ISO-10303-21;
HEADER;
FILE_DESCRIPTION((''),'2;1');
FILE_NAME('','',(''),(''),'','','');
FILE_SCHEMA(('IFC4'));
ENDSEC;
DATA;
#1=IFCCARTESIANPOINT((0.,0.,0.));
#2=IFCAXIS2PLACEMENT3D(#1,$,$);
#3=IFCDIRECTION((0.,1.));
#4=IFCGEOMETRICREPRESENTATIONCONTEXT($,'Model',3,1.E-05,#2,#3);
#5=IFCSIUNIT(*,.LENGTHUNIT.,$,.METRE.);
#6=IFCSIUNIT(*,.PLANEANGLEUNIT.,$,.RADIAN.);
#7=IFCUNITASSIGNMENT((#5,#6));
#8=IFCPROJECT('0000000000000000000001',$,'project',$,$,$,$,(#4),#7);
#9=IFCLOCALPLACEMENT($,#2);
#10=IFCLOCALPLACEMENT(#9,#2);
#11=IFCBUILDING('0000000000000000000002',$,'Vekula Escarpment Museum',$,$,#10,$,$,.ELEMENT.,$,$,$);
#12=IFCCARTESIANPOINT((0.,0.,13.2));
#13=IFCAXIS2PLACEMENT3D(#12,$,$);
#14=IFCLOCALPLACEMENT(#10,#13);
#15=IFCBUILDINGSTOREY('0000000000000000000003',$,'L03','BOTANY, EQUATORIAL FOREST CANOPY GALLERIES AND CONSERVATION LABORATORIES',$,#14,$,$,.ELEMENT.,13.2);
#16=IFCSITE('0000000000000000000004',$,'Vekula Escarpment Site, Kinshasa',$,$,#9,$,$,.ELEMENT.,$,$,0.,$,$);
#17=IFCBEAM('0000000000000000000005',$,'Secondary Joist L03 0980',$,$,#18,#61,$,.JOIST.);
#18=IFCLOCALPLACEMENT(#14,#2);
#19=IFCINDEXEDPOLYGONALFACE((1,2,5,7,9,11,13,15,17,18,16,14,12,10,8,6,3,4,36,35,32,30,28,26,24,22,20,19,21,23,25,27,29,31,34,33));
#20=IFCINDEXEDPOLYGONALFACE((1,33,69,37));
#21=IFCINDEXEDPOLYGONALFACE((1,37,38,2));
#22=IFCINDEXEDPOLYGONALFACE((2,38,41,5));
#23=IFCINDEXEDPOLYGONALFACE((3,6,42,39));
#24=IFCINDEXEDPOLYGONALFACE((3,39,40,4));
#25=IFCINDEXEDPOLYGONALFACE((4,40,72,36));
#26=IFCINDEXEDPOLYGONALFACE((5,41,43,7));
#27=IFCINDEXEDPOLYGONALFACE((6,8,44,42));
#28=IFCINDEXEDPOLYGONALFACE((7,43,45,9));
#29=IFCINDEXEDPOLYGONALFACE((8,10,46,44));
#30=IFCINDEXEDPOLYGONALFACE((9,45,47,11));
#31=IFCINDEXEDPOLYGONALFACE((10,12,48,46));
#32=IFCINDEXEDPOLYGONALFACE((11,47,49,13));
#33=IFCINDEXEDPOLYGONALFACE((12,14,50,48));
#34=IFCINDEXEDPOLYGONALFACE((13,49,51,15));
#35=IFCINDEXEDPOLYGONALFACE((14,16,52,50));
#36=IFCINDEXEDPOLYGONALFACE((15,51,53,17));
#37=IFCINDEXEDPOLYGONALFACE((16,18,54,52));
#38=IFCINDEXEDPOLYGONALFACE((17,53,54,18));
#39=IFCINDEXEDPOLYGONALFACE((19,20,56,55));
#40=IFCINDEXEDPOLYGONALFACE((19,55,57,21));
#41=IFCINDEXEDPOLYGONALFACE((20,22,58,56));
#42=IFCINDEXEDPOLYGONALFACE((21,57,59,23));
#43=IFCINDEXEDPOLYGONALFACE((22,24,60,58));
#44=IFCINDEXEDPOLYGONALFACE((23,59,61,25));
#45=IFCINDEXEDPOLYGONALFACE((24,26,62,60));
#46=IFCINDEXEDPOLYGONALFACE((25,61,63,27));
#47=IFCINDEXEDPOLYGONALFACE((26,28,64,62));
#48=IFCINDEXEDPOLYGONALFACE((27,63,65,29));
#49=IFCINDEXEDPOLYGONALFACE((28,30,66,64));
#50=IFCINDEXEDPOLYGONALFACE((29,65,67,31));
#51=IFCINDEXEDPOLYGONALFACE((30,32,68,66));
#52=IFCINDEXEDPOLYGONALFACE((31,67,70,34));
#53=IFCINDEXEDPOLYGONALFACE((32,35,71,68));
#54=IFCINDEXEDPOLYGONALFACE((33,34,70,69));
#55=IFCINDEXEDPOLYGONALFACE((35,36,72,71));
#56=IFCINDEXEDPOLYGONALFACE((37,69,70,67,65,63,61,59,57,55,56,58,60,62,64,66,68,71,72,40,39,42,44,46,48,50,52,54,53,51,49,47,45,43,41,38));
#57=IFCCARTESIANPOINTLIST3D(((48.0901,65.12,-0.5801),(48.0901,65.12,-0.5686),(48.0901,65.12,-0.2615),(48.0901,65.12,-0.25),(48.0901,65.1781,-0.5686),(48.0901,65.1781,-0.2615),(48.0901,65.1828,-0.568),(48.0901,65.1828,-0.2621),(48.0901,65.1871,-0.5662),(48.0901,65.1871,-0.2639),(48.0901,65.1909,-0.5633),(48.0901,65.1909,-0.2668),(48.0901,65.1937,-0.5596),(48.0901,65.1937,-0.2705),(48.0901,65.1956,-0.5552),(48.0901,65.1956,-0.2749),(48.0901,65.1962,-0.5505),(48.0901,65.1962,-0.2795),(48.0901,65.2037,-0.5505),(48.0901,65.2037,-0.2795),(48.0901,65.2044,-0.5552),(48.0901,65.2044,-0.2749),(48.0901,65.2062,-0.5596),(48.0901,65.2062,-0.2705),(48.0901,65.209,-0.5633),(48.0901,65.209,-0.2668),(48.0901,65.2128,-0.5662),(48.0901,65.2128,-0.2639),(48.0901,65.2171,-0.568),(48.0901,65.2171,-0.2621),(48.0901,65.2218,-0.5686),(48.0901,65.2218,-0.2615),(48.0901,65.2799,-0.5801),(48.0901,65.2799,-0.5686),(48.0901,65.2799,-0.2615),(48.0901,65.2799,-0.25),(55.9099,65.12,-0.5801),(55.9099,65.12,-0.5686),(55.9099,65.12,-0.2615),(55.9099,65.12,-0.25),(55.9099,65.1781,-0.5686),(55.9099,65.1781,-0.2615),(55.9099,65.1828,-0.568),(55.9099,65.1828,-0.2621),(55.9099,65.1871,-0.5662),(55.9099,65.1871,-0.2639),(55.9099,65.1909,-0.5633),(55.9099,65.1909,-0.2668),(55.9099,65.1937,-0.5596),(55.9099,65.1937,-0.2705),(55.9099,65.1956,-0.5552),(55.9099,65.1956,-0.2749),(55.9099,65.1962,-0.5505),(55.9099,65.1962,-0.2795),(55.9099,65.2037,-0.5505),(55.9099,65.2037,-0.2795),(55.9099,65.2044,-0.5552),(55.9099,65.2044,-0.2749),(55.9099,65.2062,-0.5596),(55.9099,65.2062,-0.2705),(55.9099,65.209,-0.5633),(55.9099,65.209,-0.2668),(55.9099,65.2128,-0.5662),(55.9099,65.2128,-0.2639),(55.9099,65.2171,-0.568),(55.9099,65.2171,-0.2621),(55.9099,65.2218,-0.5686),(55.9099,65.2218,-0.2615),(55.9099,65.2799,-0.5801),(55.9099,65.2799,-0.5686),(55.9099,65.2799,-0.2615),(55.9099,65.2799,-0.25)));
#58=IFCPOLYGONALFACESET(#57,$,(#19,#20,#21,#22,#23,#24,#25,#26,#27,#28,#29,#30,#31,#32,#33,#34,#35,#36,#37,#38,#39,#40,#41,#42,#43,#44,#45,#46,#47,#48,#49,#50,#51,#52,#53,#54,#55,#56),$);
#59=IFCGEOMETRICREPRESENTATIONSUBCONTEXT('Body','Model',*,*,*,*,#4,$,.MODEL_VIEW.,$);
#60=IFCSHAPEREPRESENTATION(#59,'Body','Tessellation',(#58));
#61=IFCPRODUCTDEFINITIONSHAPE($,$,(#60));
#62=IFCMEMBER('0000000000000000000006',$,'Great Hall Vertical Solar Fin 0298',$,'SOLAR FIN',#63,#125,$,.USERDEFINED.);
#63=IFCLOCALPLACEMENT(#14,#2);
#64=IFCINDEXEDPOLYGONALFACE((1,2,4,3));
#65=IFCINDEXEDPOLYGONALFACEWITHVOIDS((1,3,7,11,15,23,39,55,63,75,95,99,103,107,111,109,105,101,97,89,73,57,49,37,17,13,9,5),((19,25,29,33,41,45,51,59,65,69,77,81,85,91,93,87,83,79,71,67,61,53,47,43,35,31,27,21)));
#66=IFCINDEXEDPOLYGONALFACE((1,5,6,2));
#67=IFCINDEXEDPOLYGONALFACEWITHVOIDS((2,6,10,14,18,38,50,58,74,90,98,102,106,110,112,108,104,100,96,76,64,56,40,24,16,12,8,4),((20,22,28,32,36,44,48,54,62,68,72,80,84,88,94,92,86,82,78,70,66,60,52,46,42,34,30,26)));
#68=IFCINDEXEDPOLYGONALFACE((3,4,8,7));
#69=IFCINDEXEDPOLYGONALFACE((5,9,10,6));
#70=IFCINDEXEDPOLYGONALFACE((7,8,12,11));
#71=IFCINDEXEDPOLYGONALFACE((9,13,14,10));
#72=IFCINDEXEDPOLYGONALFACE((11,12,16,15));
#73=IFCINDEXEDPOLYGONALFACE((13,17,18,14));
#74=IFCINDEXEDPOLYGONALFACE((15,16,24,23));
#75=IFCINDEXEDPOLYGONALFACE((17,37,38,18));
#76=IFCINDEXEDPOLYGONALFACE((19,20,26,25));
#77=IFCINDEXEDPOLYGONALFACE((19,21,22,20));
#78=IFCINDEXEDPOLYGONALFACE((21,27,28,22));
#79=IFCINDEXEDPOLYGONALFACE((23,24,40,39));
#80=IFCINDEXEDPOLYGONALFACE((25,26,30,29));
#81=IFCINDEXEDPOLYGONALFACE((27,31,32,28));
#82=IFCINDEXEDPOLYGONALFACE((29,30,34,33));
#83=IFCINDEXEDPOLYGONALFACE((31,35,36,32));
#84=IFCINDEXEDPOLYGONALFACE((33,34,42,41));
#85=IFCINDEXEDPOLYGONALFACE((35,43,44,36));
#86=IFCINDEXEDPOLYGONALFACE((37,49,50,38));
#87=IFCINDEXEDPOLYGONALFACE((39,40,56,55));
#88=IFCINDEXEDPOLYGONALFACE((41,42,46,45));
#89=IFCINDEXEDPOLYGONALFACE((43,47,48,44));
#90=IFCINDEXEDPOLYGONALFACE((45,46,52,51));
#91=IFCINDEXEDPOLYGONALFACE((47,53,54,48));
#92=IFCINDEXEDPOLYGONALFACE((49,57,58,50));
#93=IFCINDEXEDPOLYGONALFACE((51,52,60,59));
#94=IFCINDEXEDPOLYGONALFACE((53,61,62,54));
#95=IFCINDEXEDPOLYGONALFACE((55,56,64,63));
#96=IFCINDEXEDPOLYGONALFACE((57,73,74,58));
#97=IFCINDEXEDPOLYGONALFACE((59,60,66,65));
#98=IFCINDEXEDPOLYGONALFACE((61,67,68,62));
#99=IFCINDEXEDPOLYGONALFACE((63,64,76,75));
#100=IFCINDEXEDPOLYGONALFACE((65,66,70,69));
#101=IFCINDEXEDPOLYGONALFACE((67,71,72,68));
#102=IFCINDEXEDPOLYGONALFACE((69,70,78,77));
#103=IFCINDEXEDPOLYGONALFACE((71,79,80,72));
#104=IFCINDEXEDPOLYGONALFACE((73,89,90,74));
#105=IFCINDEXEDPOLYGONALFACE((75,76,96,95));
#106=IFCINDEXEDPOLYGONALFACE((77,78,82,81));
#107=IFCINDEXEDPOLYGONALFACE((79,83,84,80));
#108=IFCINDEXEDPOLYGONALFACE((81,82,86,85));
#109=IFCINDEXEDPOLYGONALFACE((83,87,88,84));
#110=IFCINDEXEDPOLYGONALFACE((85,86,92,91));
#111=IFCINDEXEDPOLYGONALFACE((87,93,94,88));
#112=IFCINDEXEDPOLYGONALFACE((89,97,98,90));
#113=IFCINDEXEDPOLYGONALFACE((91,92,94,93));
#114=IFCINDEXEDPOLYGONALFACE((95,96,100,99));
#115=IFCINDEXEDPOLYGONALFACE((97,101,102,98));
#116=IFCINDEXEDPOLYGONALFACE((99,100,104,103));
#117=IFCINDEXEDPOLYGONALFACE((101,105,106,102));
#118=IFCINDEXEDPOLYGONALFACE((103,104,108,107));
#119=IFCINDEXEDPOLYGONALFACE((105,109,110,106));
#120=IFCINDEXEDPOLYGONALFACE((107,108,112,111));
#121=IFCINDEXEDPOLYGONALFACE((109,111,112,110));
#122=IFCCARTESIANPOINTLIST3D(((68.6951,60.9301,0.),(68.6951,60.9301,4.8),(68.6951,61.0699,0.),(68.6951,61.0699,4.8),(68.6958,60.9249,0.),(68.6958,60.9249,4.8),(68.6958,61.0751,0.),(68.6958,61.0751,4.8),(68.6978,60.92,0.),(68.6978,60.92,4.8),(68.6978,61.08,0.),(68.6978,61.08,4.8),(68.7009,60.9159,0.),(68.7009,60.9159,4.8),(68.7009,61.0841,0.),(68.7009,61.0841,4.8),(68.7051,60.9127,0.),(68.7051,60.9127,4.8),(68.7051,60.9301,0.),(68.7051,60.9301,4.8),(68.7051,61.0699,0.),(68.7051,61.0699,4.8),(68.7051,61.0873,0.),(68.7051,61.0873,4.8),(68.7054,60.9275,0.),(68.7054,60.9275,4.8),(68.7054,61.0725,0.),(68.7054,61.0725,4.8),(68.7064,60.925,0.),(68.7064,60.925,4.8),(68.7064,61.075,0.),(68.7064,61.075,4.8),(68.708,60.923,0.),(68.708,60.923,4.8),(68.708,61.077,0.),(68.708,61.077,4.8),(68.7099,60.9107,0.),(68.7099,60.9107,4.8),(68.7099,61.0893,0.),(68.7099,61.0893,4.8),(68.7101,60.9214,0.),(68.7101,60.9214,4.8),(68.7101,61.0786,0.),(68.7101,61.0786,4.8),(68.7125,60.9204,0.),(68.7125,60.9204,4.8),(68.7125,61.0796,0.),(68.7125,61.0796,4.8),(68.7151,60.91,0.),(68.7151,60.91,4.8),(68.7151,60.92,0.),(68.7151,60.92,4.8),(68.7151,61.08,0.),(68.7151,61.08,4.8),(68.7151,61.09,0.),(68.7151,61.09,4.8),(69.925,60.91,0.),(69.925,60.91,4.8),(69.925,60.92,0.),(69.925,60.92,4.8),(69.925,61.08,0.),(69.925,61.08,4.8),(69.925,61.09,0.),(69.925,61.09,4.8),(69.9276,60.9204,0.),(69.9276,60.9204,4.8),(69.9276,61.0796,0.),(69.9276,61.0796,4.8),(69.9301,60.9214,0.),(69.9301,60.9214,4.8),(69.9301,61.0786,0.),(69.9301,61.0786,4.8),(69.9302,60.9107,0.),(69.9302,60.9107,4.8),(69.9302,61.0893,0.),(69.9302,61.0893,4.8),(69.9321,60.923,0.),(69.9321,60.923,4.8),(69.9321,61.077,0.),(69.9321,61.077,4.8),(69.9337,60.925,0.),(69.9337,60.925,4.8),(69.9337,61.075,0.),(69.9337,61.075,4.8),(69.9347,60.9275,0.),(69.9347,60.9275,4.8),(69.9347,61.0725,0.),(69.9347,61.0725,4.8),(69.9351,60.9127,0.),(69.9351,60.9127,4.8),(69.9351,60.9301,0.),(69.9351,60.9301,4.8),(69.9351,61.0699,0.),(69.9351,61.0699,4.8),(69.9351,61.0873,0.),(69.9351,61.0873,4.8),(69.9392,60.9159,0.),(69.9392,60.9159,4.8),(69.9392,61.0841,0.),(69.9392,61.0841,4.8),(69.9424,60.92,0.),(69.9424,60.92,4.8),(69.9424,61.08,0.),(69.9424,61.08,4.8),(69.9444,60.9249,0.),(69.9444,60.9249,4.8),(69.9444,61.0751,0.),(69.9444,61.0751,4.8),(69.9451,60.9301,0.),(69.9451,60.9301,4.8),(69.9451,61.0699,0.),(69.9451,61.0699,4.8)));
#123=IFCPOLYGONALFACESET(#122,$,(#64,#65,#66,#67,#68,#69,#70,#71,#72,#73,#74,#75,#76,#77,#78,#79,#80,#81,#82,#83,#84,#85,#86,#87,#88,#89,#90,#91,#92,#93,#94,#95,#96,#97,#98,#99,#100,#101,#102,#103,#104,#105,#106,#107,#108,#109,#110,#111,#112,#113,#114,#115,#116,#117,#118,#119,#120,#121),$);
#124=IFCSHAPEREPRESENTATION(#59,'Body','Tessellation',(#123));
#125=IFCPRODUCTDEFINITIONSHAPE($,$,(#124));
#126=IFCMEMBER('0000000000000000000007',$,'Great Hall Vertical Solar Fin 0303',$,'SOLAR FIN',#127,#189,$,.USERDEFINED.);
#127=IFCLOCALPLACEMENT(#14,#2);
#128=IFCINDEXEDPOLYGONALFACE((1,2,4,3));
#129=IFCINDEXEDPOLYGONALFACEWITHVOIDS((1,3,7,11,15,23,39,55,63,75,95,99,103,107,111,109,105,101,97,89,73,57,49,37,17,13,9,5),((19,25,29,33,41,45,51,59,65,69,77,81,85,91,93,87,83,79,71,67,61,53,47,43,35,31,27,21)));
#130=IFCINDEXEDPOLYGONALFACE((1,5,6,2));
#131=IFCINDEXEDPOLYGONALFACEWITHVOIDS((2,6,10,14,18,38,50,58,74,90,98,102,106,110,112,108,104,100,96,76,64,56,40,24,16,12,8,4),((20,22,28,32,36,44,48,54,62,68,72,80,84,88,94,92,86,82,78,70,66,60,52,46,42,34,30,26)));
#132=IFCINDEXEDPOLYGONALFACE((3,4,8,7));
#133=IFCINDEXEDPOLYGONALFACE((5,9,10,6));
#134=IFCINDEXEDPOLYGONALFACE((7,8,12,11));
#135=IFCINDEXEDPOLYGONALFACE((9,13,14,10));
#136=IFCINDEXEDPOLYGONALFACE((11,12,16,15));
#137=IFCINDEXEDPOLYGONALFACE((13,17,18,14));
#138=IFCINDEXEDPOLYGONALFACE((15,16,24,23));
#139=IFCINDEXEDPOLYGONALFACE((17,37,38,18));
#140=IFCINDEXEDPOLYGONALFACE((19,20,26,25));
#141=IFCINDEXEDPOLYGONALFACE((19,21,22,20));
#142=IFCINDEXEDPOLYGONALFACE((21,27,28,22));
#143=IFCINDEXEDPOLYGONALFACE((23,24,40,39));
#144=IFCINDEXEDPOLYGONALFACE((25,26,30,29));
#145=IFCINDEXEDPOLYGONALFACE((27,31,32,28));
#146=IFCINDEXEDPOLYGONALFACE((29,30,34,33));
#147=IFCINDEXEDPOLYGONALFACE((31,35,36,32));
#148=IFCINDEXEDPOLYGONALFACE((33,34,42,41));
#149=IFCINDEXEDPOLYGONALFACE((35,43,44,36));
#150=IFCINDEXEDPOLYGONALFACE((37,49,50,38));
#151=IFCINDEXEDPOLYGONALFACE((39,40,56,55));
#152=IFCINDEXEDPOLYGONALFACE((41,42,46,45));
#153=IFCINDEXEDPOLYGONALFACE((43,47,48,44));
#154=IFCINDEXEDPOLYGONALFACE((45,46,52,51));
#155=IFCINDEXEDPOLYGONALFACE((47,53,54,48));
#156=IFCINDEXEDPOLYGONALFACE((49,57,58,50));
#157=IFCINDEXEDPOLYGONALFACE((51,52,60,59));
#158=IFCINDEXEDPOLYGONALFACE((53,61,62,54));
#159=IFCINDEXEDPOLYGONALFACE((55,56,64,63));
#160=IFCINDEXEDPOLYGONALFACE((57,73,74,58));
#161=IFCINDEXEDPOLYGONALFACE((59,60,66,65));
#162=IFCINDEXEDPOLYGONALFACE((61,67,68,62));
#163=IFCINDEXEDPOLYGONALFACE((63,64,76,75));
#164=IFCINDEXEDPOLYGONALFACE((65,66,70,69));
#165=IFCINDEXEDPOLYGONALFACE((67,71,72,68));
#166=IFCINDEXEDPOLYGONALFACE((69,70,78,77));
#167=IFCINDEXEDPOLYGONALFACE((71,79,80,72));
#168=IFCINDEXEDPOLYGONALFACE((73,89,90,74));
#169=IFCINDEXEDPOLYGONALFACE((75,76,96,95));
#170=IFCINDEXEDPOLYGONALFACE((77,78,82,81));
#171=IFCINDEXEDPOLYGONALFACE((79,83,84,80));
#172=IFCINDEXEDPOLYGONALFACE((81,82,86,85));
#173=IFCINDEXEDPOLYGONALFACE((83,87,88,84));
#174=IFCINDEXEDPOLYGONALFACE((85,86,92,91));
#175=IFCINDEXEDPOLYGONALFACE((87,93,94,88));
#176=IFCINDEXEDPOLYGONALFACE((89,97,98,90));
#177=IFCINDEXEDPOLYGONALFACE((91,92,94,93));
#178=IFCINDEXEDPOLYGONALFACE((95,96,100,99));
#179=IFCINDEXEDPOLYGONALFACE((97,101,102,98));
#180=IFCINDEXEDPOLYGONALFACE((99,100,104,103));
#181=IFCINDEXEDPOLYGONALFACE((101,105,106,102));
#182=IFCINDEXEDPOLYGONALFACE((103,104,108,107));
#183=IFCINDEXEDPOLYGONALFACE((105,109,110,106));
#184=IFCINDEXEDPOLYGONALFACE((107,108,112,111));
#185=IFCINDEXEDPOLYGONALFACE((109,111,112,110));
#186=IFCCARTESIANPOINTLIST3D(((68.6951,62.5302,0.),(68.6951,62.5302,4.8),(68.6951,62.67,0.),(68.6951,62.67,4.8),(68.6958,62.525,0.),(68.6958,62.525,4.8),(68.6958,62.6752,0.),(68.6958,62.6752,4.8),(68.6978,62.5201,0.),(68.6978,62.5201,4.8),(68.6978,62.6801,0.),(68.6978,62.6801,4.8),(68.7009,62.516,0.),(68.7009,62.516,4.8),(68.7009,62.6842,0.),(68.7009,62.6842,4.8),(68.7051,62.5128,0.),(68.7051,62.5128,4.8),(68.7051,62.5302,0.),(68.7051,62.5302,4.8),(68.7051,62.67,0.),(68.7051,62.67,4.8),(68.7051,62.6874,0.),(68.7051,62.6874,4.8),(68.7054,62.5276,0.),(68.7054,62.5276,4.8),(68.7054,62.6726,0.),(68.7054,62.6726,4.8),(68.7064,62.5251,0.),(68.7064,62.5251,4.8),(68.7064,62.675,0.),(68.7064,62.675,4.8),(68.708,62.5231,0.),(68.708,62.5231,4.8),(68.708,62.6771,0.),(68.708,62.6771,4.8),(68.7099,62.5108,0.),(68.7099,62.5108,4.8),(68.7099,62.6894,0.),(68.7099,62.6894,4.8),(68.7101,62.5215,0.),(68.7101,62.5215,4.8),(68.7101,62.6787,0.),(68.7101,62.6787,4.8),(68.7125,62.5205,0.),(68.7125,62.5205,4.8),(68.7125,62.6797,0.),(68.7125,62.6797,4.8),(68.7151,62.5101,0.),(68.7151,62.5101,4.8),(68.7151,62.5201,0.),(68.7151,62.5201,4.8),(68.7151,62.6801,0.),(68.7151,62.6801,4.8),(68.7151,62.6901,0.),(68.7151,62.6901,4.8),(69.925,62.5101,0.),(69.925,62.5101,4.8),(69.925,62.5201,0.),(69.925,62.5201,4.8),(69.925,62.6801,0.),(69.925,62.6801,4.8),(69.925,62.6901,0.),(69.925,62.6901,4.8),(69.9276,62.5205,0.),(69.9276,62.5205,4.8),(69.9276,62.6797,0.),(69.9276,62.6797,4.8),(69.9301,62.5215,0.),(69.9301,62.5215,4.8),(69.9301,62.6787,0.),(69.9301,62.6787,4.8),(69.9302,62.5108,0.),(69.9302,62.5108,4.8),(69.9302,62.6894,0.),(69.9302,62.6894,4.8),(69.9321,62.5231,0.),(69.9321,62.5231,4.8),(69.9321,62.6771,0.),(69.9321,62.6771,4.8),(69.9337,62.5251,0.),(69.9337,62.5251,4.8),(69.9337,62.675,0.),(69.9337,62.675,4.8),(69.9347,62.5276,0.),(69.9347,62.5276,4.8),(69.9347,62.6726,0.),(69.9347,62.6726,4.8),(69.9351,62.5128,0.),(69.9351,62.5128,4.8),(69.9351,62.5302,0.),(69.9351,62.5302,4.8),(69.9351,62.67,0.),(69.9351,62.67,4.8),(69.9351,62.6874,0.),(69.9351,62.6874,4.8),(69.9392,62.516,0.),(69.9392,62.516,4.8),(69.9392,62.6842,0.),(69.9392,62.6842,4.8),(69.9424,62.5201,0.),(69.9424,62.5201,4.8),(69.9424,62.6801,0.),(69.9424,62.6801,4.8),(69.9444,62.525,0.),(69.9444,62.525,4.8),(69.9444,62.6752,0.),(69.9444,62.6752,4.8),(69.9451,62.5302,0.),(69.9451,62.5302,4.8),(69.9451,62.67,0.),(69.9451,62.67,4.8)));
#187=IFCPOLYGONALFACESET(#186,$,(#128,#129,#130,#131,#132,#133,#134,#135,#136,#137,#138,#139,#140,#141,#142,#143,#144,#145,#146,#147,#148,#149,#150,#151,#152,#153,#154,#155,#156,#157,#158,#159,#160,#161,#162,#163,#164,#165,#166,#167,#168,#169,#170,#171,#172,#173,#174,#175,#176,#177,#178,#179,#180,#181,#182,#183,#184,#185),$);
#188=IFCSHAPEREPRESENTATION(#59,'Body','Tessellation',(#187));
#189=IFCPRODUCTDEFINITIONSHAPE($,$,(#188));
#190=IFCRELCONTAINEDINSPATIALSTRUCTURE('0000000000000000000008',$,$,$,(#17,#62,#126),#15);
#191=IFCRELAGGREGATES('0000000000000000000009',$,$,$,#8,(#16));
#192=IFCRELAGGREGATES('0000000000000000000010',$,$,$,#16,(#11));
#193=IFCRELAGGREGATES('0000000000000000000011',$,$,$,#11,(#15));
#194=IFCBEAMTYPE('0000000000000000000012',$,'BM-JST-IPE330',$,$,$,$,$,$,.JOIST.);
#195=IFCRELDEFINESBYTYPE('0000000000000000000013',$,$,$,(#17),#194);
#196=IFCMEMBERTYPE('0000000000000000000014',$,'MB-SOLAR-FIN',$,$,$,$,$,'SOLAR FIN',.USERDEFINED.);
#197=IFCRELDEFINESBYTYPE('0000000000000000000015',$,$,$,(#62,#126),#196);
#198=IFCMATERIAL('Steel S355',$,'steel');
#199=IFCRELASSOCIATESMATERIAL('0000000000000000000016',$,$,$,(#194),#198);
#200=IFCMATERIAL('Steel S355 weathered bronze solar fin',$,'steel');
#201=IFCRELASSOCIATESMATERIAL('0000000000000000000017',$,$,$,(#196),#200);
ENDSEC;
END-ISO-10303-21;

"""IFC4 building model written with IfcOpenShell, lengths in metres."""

from ifc_helpers import new_model, si_unit, direction, frame, origin, origin_2d, place, context, subcontext, project, spatial, hollow_rectangle, i_section, extrude, material, material_profile, profile_set, type_object, element, save


model = new_model("IFC4")

# Units and contexts
model_context = context("Model", 3, precision=1e-05, world=origin(), true_north=direction((0.0, 1.0)))
body_context = subcontext(model_context, "Body", "Model", "MODEL_VIEW")
ifc_project = project(units=[si_unit("LENGTHUNIT", "METRE"), si_unit("PLANEANGLEUNIT", "RADIAN")], contexts=[model_context])

# Site, building, storey
site_placement = place(None, origin())
site = spatial("IfcSite", under=ifc_project, at=site_placement, Name="Vekula Escarpment Site, Kinshasa", CompositionType="ELEMENT", RefElevation=0.0)
building_placement = place(site_placement, origin())
building = spatial("IfcBuilding", under=site, at=building_placement, Name="Vekula Escarpment Museum", CompositionType="ELEMENT")
storey_placement = place(building_placement, frame((0.0, 0.0, 13.2)))
storey = spatial("IfcBuildingStorey", under=building, at=storey_placement, Name="L03", Description="BOTANY, EQUATORIAL FOREST CANOPY GALLERIES AND CONSERVATION LABORATORIES", CompositionType="ELEMENT", Elevation=13.2)

# Beam
ifc_material_1 = material(Name="Steel S355", Category="steel")
ifc_material_profile_1 = material_profile(ifc_material_1, i_section(OverallWidth=0.1599, OverallDepth=0.3301, WebThickness=0.0076, FlangeThickness=0.0115, FilletRadius=0.0181, at=origin_2d()), Name="IPE 330")
ifc_profile_set_1 = profile_set([ifc_material_profile_1], Name="Steel S355")
beam_type_1 = type_object("IfcBeamType", Name="BM-JST-IPE330", PredefinedType="JOIST", material=ifc_profile_set_1)
for number, where, z_axis, x_axis, name in (
    (1, (48.0901, 65.2, -0.415), (1.0, 0.0, 0.0), (0.0, 1.0, 0.0), "Secondary Joist L03 0980"),
):
    element("IfcBeam", number, at=place(storey_placement, frame(where, z_axis=z_axis, x_axis=x_axis)), inside=storey, type_object=beam_type_1, Name=name, PredefinedType="JOIST", context=body_context, shape_type="SweptSolid", body=[
        extrude(i_section(OverallWidth=0.1599, OverallDepth=0.3301, WebThickness=0.0076, FlangeThickness=0.0115, FilletRadius=0.0181, at=origin_2d()), origin(), (0.0, 0.0, 1.0), 7.8198),
    ])

# Members
ifc_material_2 = material(Name="Steel S355 weathered bronze solar fin", Category="steel")
ifc_material_profile_2 = material_profile(ifc_material_2, hollow_rectangle(XDim=0.1799, YDim=1.25, WallThickness=0.01, InnerFilletRadius=0.01, OuterFilletRadius=0.02, at=origin_2d()), Name="RHS 1250x180x10")
ifc_profile_set_2 = profile_set([ifc_material_profile_2], Name="Steel S355 weathered bronze solar fin")
member_type = type_object("IfcMemberType", Name="MB-SOLAR-FIN", ElementType="SOLAR FIN", PredefinedType="USERDEFINED", material=ifc_profile_set_2)
for number, where, z_axis, x_axis, name in (
    (2, (69.3201, 61.0, 0.0), (0.0, 0.0, 1.0), (0.0, 1.0, 0.0), "Great Hall Vertical Solar Fin 0298"),
    (3, (69.3201, 62.6001, 0.0), (0.0, 0.0, 1.0), (0.0, 1.0, 0.0), "Great Hall Vertical Solar Fin 0303"),
):
    element("IfcMember", number, at=place(storey_placement, frame(where, z_axis=z_axis, x_axis=x_axis)), inside=storey, type_object=member_type, Name=name, ObjectType="SOLAR FIN", PredefinedType="USERDEFINED", context=body_context, shape_type="SweptSolid", body=[
        extrude(hollow_rectangle(XDim=0.1799, YDim=1.25, WallThickness=0.01, InnerFilletRadius=0.01, OuterFilletRadius=0.02, at=origin_2d()), origin(), (0.0, 0.0, 1.0), 4.8),
    ])

save(model, "model.ifc")
